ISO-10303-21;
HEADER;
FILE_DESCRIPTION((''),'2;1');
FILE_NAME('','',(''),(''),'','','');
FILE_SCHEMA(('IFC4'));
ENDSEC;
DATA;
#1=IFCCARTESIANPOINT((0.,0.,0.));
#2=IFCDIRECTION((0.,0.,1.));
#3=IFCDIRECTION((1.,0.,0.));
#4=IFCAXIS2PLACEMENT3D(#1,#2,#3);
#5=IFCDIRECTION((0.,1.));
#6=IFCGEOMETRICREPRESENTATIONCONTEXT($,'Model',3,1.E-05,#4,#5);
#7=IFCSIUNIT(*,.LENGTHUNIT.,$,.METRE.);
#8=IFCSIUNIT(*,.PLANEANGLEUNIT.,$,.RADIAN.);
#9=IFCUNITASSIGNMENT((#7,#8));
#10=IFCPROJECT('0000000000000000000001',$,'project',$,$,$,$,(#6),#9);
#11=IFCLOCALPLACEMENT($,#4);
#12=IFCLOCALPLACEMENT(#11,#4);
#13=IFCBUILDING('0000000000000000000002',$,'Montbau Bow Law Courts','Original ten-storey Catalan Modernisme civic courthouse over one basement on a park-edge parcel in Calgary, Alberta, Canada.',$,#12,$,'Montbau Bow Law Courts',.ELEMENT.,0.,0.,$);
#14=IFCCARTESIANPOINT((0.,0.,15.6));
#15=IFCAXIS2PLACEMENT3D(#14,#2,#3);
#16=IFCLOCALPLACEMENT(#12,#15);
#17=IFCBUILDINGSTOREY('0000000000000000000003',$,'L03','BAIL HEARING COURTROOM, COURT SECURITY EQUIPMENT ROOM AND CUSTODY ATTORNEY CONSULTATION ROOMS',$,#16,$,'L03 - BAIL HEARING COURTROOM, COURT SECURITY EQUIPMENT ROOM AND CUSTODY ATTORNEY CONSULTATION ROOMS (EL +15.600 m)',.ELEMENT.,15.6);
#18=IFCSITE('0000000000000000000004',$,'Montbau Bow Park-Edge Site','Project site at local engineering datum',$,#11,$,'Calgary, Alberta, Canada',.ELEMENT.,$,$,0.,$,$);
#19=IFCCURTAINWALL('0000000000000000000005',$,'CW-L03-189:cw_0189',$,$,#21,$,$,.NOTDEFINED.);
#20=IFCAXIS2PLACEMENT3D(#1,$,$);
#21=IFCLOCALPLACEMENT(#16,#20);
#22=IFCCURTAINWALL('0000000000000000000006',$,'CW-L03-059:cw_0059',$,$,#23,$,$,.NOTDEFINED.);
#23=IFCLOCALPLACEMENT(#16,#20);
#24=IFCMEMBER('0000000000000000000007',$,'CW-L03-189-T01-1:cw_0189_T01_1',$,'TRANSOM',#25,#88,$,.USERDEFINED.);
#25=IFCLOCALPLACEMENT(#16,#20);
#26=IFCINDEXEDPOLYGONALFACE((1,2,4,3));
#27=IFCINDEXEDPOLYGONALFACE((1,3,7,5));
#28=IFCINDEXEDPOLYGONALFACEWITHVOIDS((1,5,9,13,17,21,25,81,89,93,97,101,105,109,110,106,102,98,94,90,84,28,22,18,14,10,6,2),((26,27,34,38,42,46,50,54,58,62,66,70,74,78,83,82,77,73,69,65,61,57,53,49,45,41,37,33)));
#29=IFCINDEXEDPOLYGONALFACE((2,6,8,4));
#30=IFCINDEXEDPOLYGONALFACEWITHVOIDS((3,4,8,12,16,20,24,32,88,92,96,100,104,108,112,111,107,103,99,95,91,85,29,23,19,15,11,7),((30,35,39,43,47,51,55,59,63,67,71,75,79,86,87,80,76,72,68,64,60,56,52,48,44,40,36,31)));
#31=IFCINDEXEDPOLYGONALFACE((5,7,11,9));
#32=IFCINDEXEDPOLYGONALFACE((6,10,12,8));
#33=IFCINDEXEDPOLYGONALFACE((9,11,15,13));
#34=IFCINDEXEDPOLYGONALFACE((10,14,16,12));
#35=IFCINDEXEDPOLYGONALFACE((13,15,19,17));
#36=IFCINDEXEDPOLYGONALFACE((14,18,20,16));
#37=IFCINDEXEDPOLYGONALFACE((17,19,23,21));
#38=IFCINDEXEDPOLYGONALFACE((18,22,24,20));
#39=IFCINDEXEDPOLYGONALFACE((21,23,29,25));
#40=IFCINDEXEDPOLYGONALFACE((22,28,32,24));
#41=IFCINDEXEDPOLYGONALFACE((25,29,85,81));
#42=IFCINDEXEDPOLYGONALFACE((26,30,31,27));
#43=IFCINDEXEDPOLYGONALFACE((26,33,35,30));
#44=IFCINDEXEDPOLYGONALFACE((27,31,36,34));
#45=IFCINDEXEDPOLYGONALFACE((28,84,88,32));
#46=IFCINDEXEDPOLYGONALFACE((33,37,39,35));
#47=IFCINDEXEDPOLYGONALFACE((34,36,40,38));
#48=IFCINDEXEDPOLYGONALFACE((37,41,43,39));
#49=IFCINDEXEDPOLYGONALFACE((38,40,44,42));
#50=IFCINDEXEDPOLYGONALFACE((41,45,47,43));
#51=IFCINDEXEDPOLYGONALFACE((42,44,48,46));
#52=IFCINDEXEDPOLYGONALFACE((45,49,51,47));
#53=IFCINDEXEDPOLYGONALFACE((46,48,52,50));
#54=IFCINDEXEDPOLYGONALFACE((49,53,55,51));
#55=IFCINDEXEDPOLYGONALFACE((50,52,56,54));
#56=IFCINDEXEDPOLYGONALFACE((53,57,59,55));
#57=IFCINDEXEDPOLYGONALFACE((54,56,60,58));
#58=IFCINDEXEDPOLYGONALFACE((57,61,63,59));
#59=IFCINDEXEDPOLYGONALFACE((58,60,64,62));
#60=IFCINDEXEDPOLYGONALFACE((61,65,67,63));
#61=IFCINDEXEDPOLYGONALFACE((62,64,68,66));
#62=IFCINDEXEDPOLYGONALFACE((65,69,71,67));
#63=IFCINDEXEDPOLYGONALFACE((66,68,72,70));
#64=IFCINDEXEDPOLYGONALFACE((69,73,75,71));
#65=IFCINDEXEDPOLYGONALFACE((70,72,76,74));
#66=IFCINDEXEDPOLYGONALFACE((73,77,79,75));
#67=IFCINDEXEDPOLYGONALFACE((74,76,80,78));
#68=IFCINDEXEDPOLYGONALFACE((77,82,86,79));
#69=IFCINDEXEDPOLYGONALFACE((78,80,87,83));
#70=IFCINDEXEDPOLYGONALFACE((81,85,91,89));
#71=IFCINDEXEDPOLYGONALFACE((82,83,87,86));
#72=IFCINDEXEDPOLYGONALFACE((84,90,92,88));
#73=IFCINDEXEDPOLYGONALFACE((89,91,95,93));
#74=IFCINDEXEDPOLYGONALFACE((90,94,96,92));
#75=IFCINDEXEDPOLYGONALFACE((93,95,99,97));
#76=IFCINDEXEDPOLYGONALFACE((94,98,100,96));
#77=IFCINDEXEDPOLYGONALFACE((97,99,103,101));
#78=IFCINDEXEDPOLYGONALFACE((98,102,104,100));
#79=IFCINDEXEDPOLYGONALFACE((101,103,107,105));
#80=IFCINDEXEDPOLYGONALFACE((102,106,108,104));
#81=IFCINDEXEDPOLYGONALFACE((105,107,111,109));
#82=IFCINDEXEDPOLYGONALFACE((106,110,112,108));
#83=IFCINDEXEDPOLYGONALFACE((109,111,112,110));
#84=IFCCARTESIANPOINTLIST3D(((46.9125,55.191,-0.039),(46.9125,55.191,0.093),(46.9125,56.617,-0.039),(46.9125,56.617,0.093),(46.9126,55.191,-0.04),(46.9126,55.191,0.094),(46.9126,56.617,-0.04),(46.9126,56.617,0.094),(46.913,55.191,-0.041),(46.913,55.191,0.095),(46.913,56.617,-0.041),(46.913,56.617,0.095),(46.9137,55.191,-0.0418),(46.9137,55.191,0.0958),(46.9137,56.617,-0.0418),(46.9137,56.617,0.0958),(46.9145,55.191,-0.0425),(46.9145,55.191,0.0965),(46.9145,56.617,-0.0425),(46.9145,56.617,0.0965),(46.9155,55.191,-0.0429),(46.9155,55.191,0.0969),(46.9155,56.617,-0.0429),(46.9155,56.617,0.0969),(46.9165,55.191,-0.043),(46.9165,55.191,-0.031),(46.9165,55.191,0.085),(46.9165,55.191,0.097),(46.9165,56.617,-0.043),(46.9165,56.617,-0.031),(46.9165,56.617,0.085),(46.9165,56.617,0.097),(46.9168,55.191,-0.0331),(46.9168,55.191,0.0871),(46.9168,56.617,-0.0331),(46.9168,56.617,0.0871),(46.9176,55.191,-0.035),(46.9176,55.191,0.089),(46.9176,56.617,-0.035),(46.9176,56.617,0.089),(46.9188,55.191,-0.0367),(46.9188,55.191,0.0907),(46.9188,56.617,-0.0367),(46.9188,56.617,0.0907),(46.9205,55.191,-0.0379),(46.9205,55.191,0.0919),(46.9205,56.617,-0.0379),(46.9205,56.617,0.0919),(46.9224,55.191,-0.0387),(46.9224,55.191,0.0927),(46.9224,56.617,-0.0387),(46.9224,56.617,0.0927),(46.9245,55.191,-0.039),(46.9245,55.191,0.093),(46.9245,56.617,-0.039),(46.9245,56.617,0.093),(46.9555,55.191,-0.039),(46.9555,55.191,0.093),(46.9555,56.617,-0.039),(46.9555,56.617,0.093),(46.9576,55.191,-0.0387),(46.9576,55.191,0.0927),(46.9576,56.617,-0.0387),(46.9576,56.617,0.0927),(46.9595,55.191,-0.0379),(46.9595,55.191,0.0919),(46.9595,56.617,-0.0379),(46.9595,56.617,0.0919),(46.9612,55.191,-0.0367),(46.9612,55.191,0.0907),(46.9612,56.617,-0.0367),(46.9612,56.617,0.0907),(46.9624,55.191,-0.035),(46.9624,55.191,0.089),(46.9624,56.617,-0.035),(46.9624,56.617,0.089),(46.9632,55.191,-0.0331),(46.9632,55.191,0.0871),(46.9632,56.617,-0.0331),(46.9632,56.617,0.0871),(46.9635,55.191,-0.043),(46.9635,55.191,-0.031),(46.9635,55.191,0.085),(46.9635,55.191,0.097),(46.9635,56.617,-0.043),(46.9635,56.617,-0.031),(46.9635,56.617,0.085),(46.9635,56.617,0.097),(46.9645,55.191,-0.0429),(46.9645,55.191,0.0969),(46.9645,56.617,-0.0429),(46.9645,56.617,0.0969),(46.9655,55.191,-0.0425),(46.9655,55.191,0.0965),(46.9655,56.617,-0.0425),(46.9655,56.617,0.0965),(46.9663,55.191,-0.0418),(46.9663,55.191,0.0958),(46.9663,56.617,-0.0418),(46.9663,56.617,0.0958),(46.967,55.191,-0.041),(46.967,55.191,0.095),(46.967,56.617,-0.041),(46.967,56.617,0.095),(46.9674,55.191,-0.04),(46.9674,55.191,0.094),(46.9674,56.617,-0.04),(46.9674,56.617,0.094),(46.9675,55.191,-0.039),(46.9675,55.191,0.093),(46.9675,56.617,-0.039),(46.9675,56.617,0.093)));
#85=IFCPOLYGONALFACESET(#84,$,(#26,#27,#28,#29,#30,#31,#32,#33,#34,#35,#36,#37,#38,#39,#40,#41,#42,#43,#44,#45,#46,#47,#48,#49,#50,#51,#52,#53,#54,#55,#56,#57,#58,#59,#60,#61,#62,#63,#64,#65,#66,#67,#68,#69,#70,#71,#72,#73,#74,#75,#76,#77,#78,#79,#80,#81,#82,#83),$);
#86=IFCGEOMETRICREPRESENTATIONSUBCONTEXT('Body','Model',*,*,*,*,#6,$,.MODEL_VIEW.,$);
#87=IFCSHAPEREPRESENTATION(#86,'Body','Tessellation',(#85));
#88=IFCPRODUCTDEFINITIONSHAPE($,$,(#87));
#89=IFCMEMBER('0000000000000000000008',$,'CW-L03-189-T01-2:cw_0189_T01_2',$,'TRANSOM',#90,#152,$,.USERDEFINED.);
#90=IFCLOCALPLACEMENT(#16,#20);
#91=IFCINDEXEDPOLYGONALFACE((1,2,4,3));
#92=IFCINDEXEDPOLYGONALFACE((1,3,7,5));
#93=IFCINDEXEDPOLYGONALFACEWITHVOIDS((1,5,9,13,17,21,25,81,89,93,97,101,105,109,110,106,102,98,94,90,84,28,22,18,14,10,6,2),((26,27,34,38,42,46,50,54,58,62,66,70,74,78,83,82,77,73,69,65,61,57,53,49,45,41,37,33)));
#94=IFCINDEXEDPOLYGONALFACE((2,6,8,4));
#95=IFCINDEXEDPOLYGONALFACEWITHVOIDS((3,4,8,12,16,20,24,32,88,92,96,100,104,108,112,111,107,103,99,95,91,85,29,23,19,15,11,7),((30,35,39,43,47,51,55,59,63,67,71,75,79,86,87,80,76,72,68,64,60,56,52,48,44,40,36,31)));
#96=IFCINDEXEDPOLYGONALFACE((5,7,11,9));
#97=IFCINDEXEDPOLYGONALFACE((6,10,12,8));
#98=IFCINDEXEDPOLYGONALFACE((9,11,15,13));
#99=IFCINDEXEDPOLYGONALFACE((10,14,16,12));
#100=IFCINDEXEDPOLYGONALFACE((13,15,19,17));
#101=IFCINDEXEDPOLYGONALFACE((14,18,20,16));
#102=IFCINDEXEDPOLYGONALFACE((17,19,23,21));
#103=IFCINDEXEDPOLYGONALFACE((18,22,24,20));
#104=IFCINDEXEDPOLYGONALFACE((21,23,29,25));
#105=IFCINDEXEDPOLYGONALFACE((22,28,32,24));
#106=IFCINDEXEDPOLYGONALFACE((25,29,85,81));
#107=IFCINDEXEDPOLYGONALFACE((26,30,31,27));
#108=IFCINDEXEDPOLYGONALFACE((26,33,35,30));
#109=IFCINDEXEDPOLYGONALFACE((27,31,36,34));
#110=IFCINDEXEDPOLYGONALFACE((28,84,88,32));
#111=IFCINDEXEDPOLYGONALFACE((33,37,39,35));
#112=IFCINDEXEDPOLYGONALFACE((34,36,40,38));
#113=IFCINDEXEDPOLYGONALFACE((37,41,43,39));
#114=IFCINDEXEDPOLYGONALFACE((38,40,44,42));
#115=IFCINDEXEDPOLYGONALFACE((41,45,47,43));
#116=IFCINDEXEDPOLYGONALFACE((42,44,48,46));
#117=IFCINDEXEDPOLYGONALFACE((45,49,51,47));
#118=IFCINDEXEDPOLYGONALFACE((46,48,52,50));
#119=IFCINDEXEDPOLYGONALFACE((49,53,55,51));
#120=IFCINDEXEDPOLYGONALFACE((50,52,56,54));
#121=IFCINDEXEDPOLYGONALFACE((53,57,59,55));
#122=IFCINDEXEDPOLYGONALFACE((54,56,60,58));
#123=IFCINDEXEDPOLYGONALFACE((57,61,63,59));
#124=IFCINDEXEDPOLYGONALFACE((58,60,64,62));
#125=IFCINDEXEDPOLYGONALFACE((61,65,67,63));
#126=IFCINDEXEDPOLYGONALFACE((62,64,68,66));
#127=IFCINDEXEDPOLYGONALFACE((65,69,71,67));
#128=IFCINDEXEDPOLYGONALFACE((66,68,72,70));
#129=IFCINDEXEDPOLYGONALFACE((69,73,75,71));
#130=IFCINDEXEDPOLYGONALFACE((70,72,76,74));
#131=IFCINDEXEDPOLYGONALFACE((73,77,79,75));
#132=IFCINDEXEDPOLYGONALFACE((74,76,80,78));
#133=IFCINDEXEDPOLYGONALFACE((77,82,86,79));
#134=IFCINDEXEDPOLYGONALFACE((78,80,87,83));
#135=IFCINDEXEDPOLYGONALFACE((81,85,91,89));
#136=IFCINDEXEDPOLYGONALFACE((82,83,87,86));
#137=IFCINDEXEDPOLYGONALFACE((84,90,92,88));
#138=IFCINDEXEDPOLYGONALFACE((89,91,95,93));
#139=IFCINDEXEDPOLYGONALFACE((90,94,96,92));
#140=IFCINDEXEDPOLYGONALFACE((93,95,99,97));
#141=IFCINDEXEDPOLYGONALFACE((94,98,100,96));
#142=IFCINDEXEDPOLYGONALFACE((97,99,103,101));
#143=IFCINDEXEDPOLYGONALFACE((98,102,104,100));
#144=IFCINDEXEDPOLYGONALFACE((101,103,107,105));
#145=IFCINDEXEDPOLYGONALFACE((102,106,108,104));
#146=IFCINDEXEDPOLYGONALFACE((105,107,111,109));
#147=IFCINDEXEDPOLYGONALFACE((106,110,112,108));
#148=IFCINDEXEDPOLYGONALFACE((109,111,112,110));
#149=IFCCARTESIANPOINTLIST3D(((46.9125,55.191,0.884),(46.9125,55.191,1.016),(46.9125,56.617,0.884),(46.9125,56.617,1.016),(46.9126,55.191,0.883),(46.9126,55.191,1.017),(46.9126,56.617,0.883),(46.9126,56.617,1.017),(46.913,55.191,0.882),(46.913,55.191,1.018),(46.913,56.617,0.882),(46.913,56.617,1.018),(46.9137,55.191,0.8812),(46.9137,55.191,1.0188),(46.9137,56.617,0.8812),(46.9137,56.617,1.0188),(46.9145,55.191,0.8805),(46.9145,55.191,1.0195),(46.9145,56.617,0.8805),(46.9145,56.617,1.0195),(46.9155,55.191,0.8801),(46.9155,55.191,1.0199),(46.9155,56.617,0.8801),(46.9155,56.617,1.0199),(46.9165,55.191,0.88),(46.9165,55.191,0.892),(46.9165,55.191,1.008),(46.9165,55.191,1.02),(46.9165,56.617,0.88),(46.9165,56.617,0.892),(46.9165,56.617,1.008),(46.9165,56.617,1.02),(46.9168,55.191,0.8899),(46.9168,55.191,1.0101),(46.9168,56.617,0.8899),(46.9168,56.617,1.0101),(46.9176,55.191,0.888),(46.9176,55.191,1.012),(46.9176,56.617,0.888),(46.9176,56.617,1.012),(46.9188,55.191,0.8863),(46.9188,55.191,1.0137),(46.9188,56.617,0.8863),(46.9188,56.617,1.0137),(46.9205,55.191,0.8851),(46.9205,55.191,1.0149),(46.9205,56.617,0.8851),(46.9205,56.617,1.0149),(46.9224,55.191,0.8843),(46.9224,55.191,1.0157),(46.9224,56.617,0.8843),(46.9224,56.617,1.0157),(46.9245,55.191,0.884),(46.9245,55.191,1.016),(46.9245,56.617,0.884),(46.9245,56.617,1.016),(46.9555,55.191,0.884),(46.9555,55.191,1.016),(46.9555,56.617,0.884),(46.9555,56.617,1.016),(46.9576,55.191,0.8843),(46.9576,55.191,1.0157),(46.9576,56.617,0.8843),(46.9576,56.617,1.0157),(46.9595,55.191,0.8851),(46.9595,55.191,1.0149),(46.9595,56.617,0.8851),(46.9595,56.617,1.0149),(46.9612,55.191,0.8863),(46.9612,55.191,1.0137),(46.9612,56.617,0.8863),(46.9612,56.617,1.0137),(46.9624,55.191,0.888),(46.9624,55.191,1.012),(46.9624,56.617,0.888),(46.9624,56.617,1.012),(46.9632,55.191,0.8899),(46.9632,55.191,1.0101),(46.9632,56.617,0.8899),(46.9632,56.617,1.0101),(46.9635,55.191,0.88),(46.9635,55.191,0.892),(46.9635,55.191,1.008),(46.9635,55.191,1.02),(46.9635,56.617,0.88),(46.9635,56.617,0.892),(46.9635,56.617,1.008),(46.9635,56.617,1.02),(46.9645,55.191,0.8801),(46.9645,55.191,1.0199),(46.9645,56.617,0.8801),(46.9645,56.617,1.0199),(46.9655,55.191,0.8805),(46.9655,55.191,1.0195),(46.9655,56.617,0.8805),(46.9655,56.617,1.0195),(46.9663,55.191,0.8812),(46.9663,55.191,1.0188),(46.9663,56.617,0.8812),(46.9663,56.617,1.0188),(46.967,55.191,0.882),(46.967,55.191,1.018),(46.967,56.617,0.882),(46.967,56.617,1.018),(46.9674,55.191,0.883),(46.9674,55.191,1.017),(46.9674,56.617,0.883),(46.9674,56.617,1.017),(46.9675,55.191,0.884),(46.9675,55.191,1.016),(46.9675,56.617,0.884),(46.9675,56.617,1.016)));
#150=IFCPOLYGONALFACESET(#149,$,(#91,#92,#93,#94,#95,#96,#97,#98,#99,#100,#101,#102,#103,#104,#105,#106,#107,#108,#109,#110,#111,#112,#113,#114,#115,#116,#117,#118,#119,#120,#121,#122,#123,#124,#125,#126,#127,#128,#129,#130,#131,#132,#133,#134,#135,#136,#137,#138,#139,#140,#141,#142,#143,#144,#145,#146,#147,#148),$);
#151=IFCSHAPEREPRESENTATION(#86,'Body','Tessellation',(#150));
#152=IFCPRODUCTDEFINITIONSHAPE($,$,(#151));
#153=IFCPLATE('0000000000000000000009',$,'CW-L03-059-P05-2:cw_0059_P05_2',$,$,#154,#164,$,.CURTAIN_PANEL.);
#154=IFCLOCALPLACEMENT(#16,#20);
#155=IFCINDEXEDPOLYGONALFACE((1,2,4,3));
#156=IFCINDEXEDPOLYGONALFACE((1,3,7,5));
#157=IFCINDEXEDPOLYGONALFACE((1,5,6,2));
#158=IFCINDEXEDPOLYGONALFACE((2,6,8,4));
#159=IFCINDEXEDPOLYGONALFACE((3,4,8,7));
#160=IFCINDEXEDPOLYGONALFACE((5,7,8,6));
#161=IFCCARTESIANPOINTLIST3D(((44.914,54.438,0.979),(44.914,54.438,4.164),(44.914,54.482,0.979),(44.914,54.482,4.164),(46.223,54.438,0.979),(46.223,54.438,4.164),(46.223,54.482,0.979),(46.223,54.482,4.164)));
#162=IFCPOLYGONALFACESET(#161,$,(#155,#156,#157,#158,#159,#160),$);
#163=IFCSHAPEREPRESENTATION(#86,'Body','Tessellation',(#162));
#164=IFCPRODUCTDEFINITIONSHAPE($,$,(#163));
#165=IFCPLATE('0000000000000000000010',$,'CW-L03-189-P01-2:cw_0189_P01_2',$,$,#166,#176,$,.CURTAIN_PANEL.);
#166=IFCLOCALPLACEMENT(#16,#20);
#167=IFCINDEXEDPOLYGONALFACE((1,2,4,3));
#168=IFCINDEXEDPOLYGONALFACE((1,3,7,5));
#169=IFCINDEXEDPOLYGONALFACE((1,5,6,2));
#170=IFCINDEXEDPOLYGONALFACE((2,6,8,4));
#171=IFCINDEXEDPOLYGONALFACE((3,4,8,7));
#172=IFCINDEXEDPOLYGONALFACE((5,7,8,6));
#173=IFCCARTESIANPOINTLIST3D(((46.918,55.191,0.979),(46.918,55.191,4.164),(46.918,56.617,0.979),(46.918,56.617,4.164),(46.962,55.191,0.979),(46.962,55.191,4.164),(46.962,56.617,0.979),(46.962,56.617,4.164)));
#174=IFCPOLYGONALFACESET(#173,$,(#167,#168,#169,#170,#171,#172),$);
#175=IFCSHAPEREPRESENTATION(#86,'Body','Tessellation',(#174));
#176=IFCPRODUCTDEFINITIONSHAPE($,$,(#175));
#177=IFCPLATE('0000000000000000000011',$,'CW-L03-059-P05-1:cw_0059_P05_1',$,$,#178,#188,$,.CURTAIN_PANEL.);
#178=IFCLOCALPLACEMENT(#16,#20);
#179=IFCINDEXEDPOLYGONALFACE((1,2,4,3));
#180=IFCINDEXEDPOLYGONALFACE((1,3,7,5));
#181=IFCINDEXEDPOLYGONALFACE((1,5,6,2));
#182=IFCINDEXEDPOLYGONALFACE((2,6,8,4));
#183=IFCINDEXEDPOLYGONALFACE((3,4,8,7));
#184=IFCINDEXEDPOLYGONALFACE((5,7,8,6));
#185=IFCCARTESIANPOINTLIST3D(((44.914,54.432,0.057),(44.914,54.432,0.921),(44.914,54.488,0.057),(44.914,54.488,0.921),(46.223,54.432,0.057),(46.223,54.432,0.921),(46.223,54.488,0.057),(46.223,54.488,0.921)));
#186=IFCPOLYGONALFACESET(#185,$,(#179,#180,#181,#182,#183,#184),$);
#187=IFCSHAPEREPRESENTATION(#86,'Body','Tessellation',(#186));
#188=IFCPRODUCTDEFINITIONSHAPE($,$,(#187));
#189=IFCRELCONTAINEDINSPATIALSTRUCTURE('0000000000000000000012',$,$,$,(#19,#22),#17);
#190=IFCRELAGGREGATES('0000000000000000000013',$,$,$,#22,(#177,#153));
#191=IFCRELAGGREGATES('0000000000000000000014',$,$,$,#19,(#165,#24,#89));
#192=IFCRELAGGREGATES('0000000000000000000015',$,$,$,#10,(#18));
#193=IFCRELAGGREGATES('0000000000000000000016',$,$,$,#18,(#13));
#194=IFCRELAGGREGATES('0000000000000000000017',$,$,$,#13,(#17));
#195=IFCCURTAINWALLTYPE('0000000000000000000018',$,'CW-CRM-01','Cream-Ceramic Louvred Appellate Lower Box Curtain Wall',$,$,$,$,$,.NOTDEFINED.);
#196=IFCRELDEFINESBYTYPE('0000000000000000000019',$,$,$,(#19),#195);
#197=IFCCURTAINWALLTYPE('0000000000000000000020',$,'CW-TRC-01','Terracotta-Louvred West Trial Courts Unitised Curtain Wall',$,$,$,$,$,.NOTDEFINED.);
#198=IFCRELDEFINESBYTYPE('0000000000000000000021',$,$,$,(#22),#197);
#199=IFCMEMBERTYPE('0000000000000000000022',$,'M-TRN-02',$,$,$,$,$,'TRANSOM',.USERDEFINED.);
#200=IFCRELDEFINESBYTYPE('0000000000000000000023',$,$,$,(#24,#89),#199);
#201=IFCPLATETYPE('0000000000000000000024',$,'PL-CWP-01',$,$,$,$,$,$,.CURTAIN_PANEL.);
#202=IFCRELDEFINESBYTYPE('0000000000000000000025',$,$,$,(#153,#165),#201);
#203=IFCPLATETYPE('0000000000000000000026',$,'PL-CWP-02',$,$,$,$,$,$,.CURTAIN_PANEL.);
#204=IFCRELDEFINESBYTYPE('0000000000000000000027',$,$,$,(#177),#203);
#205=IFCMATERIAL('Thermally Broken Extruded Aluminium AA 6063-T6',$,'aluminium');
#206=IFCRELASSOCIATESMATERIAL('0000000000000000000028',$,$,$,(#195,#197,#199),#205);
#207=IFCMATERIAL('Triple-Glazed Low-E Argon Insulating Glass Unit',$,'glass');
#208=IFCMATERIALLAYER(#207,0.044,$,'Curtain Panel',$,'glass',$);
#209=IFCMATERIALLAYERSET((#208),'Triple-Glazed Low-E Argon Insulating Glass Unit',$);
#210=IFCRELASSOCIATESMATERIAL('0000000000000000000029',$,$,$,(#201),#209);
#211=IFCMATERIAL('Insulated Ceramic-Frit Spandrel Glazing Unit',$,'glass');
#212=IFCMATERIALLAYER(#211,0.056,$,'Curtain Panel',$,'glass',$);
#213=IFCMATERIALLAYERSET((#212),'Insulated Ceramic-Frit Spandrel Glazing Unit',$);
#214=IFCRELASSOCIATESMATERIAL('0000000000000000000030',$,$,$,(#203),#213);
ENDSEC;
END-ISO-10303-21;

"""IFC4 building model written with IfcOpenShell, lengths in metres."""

from ifc_helpers import new_model, si_unit, direction, frame, frame_2d, origin_with_axes, origin_2d_with_axis, place, context, subcontext, project, spatial, rectangle, hollow_rectangle, extrude, material, layer, layer_set, material_profile, profile_set, type_object, element, aggregate, save


model = new_model("IFC4")

# Units and contexts
model_context = context("Model", 3, precision=1e-05, world=origin_with_axes(), true_north=direction((0.0, 1.0)))
body_context = subcontext(model_context, "Body", "Model", "MODEL_VIEW")
ifc_project = project(units=[si_unit("LENGTHUNIT", "METRE"), si_unit("PLANEANGLEUNIT", "RADIAN")], contexts=[model_context])

# Site, building, storey
site_placement = place(None, origin_with_axes())
site = spatial("IfcSite", under=ifc_project, at=site_placement, Name="Montbau Bow Park-Edge Site", Description="Project site at local engineering datum", LongName="Calgary, Alberta, Canada", CompositionType="ELEMENT", RefElevation=0.0)
building_placement = place(site_placement, origin_with_axes())
building = spatial("IfcBuilding", under=site, at=building_placement, Name="Montbau Bow Law Courts", Description="Original ten-storey Catalan Modernisme civic courthouse over one basement on a park-edge parcel in Calgary, Alberta, Canada.", LongName="Montbau Bow Law Courts", CompositionType="ELEMENT", ElevationOfRefHeight=0.0, ElevationOfTerrain=0.0)
storey_placement = place(building_placement, frame((0.0, 0.0, 15.6), z_axis=(0.0, 0.0, 1.0), x_axis=(1.0, 0.0, 0.0)))
storey = spatial("IfcBuildingStorey", under=building, at=storey_placement, Name="L03", Description="BAIL HEARING COURTROOM, COURT SECURITY EQUIPMENT ROOM AND CUSTODY ATTORNEY CONSULTATION ROOMS", LongName="L03 - BAIL HEARING COURTROOM, COURT SECURITY EQUIPMENT ROOM AND CUSTODY ATTORNEY CONSULTATION ROOMS (EL +15.600 m)", CompositionType="ELEMENT", Elevation=15.6)

# Curtain wall
ifc_material_1 = material(Name="Thermally Broken Extruded Aluminium AA 6063-T6", Category="aluminium")
curtain_wall_type_1 = type_object("IfcCurtainWallType", Name="CW-CRM-01", Description="Cream-Ceramic Louvred Appellate Lower Box Curtain Wall", PredefinedType="NOTDEFINED", material=ifc_material_1)
curtain_wall_1_placement = place(None, frame((46.94, 55.115, 15.6), z_axis=(0.0, 0.0, 1.0), x_axis=(1.0, 0.0, 0.0)))
curtain_wall_1 = element("IfcCurtainWall", 1, at=curtain_wall_1_placement, inside=storey, type_object=curtain_wall_type_1, Name="CW-L03-189:cw_0189", PredefinedType="NOTDEFINED")

# Curtain wall
curtain_wall_type_2 = type_object("IfcCurtainWallType", Name="CW-TRC-01", Description="Terracotta-Louvred West Trial Courts Unitised Curtain Wall", PredefinedType="NOTDEFINED", material=ifc_material_1)
curtain_wall_2_placement = place(None, frame((39.268, 54.46, 15.6), z_axis=(0.0, 0.0, 1.0), x_axis=(1.0, 0.0, 0.0)))
curtain_wall_2 = element("IfcCurtainWall", 2, at=curtain_wall_2_placement, inside=storey, type_object=curtain_wall_type_2, Name="CW-L03-059:cw_0059", PredefinedType="NOTDEFINED")

# Members
ifc_material_profile_1 = material_profile(ifc_material_1, hollow_rectangle(XDim=0.055, YDim=0.14, WallThickness=0.004, InnerFilletRadius=0.008, OuterFilletRadius=0.004, at=origin_2d_with_axis()), Name="CWT-140X55", Category="Main", Priority=0)
ifc_profile_set_1 = profile_set([ifc_material_profile_1], Name="Thermally Broken Extruded Aluminium AA 6063-T6")
member_type_1 = type_object("IfcMemberType", Name="M-TRN-02", ElementType="TRANSOM", PredefinedType="USERDEFINED", material=ifc_profile_set_1)
member_1_placement = place(None, frame((46.94, 55.191, 15.627), z_axis=(0.0, 1.0, 0.0), x_axis=(-1.0, 0.0, 0.0)))
member_1 = element("IfcMember", 3, at=member_1_placement, type_object=member_type_1, Name="CW-L03-189-T01-1:cw_0189_T01_1", ObjectType="TRANSOM", PredefinedType="USERDEFINED", context=body_context, shape_type="SweptSolid", body=[
    extrude(hollow_rectangle(XDim=0.055, YDim=0.14, WallThickness=0.004, InnerFilletRadius=0.008, OuterFilletRadius=0.004, at=origin_2d_with_axis()), origin_with_axes(), (0.0, 0.0, 1.0), 1.426),
])
member_2_placement = place(None, frame((46.94, 55.191, 16.55), z_axis=(0.0, 1.0, 0.0), x_axis=(-1.0, 0.0, 0.0)))
member_2 = element("IfcMember", 4, at=member_2_placement, type_object=member_type_1, Name="CW-L03-189-T01-2:cw_0189_T01_2", ObjectType="TRANSOM", PredefinedType="USERDEFINED", context=body_context, shape_type="SweptSolid", body=[
    extrude(hollow_rectangle(XDim=0.055, YDim=0.14, WallThickness=0.004, InnerFilletRadius=0.008, OuterFilletRadius=0.004, at=origin_2d_with_axis()), origin_with_axes(), (0.0, 0.0, 1.0), 1.426),
])

# Plates
ifc_material_2 = material(Name="Triple-Glazed Low-E Argon Insulating Glass Unit", Category="glass")
ifc_layer_1 = layer(ifc_material_2, 0.044, Name="Curtain Panel", Category="glass")
ifc_layer_set_1 = layer_set([ifc_layer_1], Name="Triple-Glazed Low-E Argon Insulating Glass Unit")
plate_type_1 = type_object("IfcPlateType", Name="PL-CWP-01", PredefinedType="CURTAIN_PANEL", material=ifc_layer_set_1)
plate_1_placement = place(None, frame((44.914, 54.46, 16.579), z_axis=(0.0, -1.0, 0.0), x_axis=(1.0, 0.0, 0.0)))
plate_1 = element("IfcPlate", 5, at=plate_1_placement, type_object=plate_type_1, Name="CW-L03-059-P05-2:cw_0059_P05_2", PredefinedType="CURTAIN_PANEL", context=body_context, shape_type="SweptSolid", body=[
    extrude(rectangle(XDim=1.309, YDim=3.185, at=frame_2d((0.6545, 1.5925), x_axis=(1.0, 0.0))), frame((0.0, 0.0, -0.022), z_axis=(0.0, 0.0, 1.0), x_axis=(1.0, 0.0, 0.0)), (0.0, 0.0, 1.0), 0.044),
])
plate_2_placement = place(None, frame((46.94, 55.191, 16.579), z_axis=(1.0, 0.0, 0.0), x_axis=(0.0, 1.0, 0.0)))
plate_2 = element("IfcPlate", 6, at=plate_2_placement, type_object=plate_type_1, Name="CW-L03-189-P01-2:cw_0189_P01_2", PredefinedType="CURTAIN_PANEL", context=body_context, shape_type="SweptSolid", body=[
    extrude(rectangle(XDim=1.426, YDim=3.185, at=frame_2d((0.713, 1.5925), x_axis=(1.0, 0.0))), frame((0.0, 0.0, -0.022), z_axis=(0.0, 0.0, 1.0), x_axis=(1.0, 0.0, 0.0)), (0.0, 0.0, 1.0), 0.044),
])
ifc_material_3 = material(Name="Insulated Ceramic-Frit Spandrel Glazing Unit", Category="glass")
ifc_layer_2 = layer(ifc_material_3, 0.056, Name="Curtain Panel", Category="glass")
ifc_layer_set_2 = layer_set([ifc_layer_2], Name="Insulated Ceramic-Frit Spandrel Glazing Unit")
plate_type_2 = type_object("IfcPlateType", Name="PL-CWP-02", PredefinedType="CURTAIN_PANEL", material=ifc_layer_set_2)
plate_3_placement = place(None, frame((44.914, 54.46, 15.657), z_axis=(0.0, -1.0, 0.0), x_axis=(1.0, 0.0, 0.0)))
plate_3 = element("IfcPlate", 7, at=plate_3_placement, type_object=plate_type_2, Name="CW-L03-059-P05-1:cw_0059_P05_1", PredefinedType="CURTAIN_PANEL", context=body_context, shape_type="SweptSolid", body=[
    extrude(rectangle(XDim=1.309, YDim=0.864, at=frame_2d((0.6545, 0.432), x_axis=(1.0, 0.0))), frame((0.0, 0.0, -0.028), z_axis=(0.0, 0.0, 1.0), x_axis=(1.0, 0.0, 0.0)), (0.0, 0.0, 1.0), 0.056),
])
aggregate(curtain_wall_2, [plate_3, plate_1])
aggregate(curtain_wall_1, [plate_2, member_1, member_2])

save(model, "model.ifc")
